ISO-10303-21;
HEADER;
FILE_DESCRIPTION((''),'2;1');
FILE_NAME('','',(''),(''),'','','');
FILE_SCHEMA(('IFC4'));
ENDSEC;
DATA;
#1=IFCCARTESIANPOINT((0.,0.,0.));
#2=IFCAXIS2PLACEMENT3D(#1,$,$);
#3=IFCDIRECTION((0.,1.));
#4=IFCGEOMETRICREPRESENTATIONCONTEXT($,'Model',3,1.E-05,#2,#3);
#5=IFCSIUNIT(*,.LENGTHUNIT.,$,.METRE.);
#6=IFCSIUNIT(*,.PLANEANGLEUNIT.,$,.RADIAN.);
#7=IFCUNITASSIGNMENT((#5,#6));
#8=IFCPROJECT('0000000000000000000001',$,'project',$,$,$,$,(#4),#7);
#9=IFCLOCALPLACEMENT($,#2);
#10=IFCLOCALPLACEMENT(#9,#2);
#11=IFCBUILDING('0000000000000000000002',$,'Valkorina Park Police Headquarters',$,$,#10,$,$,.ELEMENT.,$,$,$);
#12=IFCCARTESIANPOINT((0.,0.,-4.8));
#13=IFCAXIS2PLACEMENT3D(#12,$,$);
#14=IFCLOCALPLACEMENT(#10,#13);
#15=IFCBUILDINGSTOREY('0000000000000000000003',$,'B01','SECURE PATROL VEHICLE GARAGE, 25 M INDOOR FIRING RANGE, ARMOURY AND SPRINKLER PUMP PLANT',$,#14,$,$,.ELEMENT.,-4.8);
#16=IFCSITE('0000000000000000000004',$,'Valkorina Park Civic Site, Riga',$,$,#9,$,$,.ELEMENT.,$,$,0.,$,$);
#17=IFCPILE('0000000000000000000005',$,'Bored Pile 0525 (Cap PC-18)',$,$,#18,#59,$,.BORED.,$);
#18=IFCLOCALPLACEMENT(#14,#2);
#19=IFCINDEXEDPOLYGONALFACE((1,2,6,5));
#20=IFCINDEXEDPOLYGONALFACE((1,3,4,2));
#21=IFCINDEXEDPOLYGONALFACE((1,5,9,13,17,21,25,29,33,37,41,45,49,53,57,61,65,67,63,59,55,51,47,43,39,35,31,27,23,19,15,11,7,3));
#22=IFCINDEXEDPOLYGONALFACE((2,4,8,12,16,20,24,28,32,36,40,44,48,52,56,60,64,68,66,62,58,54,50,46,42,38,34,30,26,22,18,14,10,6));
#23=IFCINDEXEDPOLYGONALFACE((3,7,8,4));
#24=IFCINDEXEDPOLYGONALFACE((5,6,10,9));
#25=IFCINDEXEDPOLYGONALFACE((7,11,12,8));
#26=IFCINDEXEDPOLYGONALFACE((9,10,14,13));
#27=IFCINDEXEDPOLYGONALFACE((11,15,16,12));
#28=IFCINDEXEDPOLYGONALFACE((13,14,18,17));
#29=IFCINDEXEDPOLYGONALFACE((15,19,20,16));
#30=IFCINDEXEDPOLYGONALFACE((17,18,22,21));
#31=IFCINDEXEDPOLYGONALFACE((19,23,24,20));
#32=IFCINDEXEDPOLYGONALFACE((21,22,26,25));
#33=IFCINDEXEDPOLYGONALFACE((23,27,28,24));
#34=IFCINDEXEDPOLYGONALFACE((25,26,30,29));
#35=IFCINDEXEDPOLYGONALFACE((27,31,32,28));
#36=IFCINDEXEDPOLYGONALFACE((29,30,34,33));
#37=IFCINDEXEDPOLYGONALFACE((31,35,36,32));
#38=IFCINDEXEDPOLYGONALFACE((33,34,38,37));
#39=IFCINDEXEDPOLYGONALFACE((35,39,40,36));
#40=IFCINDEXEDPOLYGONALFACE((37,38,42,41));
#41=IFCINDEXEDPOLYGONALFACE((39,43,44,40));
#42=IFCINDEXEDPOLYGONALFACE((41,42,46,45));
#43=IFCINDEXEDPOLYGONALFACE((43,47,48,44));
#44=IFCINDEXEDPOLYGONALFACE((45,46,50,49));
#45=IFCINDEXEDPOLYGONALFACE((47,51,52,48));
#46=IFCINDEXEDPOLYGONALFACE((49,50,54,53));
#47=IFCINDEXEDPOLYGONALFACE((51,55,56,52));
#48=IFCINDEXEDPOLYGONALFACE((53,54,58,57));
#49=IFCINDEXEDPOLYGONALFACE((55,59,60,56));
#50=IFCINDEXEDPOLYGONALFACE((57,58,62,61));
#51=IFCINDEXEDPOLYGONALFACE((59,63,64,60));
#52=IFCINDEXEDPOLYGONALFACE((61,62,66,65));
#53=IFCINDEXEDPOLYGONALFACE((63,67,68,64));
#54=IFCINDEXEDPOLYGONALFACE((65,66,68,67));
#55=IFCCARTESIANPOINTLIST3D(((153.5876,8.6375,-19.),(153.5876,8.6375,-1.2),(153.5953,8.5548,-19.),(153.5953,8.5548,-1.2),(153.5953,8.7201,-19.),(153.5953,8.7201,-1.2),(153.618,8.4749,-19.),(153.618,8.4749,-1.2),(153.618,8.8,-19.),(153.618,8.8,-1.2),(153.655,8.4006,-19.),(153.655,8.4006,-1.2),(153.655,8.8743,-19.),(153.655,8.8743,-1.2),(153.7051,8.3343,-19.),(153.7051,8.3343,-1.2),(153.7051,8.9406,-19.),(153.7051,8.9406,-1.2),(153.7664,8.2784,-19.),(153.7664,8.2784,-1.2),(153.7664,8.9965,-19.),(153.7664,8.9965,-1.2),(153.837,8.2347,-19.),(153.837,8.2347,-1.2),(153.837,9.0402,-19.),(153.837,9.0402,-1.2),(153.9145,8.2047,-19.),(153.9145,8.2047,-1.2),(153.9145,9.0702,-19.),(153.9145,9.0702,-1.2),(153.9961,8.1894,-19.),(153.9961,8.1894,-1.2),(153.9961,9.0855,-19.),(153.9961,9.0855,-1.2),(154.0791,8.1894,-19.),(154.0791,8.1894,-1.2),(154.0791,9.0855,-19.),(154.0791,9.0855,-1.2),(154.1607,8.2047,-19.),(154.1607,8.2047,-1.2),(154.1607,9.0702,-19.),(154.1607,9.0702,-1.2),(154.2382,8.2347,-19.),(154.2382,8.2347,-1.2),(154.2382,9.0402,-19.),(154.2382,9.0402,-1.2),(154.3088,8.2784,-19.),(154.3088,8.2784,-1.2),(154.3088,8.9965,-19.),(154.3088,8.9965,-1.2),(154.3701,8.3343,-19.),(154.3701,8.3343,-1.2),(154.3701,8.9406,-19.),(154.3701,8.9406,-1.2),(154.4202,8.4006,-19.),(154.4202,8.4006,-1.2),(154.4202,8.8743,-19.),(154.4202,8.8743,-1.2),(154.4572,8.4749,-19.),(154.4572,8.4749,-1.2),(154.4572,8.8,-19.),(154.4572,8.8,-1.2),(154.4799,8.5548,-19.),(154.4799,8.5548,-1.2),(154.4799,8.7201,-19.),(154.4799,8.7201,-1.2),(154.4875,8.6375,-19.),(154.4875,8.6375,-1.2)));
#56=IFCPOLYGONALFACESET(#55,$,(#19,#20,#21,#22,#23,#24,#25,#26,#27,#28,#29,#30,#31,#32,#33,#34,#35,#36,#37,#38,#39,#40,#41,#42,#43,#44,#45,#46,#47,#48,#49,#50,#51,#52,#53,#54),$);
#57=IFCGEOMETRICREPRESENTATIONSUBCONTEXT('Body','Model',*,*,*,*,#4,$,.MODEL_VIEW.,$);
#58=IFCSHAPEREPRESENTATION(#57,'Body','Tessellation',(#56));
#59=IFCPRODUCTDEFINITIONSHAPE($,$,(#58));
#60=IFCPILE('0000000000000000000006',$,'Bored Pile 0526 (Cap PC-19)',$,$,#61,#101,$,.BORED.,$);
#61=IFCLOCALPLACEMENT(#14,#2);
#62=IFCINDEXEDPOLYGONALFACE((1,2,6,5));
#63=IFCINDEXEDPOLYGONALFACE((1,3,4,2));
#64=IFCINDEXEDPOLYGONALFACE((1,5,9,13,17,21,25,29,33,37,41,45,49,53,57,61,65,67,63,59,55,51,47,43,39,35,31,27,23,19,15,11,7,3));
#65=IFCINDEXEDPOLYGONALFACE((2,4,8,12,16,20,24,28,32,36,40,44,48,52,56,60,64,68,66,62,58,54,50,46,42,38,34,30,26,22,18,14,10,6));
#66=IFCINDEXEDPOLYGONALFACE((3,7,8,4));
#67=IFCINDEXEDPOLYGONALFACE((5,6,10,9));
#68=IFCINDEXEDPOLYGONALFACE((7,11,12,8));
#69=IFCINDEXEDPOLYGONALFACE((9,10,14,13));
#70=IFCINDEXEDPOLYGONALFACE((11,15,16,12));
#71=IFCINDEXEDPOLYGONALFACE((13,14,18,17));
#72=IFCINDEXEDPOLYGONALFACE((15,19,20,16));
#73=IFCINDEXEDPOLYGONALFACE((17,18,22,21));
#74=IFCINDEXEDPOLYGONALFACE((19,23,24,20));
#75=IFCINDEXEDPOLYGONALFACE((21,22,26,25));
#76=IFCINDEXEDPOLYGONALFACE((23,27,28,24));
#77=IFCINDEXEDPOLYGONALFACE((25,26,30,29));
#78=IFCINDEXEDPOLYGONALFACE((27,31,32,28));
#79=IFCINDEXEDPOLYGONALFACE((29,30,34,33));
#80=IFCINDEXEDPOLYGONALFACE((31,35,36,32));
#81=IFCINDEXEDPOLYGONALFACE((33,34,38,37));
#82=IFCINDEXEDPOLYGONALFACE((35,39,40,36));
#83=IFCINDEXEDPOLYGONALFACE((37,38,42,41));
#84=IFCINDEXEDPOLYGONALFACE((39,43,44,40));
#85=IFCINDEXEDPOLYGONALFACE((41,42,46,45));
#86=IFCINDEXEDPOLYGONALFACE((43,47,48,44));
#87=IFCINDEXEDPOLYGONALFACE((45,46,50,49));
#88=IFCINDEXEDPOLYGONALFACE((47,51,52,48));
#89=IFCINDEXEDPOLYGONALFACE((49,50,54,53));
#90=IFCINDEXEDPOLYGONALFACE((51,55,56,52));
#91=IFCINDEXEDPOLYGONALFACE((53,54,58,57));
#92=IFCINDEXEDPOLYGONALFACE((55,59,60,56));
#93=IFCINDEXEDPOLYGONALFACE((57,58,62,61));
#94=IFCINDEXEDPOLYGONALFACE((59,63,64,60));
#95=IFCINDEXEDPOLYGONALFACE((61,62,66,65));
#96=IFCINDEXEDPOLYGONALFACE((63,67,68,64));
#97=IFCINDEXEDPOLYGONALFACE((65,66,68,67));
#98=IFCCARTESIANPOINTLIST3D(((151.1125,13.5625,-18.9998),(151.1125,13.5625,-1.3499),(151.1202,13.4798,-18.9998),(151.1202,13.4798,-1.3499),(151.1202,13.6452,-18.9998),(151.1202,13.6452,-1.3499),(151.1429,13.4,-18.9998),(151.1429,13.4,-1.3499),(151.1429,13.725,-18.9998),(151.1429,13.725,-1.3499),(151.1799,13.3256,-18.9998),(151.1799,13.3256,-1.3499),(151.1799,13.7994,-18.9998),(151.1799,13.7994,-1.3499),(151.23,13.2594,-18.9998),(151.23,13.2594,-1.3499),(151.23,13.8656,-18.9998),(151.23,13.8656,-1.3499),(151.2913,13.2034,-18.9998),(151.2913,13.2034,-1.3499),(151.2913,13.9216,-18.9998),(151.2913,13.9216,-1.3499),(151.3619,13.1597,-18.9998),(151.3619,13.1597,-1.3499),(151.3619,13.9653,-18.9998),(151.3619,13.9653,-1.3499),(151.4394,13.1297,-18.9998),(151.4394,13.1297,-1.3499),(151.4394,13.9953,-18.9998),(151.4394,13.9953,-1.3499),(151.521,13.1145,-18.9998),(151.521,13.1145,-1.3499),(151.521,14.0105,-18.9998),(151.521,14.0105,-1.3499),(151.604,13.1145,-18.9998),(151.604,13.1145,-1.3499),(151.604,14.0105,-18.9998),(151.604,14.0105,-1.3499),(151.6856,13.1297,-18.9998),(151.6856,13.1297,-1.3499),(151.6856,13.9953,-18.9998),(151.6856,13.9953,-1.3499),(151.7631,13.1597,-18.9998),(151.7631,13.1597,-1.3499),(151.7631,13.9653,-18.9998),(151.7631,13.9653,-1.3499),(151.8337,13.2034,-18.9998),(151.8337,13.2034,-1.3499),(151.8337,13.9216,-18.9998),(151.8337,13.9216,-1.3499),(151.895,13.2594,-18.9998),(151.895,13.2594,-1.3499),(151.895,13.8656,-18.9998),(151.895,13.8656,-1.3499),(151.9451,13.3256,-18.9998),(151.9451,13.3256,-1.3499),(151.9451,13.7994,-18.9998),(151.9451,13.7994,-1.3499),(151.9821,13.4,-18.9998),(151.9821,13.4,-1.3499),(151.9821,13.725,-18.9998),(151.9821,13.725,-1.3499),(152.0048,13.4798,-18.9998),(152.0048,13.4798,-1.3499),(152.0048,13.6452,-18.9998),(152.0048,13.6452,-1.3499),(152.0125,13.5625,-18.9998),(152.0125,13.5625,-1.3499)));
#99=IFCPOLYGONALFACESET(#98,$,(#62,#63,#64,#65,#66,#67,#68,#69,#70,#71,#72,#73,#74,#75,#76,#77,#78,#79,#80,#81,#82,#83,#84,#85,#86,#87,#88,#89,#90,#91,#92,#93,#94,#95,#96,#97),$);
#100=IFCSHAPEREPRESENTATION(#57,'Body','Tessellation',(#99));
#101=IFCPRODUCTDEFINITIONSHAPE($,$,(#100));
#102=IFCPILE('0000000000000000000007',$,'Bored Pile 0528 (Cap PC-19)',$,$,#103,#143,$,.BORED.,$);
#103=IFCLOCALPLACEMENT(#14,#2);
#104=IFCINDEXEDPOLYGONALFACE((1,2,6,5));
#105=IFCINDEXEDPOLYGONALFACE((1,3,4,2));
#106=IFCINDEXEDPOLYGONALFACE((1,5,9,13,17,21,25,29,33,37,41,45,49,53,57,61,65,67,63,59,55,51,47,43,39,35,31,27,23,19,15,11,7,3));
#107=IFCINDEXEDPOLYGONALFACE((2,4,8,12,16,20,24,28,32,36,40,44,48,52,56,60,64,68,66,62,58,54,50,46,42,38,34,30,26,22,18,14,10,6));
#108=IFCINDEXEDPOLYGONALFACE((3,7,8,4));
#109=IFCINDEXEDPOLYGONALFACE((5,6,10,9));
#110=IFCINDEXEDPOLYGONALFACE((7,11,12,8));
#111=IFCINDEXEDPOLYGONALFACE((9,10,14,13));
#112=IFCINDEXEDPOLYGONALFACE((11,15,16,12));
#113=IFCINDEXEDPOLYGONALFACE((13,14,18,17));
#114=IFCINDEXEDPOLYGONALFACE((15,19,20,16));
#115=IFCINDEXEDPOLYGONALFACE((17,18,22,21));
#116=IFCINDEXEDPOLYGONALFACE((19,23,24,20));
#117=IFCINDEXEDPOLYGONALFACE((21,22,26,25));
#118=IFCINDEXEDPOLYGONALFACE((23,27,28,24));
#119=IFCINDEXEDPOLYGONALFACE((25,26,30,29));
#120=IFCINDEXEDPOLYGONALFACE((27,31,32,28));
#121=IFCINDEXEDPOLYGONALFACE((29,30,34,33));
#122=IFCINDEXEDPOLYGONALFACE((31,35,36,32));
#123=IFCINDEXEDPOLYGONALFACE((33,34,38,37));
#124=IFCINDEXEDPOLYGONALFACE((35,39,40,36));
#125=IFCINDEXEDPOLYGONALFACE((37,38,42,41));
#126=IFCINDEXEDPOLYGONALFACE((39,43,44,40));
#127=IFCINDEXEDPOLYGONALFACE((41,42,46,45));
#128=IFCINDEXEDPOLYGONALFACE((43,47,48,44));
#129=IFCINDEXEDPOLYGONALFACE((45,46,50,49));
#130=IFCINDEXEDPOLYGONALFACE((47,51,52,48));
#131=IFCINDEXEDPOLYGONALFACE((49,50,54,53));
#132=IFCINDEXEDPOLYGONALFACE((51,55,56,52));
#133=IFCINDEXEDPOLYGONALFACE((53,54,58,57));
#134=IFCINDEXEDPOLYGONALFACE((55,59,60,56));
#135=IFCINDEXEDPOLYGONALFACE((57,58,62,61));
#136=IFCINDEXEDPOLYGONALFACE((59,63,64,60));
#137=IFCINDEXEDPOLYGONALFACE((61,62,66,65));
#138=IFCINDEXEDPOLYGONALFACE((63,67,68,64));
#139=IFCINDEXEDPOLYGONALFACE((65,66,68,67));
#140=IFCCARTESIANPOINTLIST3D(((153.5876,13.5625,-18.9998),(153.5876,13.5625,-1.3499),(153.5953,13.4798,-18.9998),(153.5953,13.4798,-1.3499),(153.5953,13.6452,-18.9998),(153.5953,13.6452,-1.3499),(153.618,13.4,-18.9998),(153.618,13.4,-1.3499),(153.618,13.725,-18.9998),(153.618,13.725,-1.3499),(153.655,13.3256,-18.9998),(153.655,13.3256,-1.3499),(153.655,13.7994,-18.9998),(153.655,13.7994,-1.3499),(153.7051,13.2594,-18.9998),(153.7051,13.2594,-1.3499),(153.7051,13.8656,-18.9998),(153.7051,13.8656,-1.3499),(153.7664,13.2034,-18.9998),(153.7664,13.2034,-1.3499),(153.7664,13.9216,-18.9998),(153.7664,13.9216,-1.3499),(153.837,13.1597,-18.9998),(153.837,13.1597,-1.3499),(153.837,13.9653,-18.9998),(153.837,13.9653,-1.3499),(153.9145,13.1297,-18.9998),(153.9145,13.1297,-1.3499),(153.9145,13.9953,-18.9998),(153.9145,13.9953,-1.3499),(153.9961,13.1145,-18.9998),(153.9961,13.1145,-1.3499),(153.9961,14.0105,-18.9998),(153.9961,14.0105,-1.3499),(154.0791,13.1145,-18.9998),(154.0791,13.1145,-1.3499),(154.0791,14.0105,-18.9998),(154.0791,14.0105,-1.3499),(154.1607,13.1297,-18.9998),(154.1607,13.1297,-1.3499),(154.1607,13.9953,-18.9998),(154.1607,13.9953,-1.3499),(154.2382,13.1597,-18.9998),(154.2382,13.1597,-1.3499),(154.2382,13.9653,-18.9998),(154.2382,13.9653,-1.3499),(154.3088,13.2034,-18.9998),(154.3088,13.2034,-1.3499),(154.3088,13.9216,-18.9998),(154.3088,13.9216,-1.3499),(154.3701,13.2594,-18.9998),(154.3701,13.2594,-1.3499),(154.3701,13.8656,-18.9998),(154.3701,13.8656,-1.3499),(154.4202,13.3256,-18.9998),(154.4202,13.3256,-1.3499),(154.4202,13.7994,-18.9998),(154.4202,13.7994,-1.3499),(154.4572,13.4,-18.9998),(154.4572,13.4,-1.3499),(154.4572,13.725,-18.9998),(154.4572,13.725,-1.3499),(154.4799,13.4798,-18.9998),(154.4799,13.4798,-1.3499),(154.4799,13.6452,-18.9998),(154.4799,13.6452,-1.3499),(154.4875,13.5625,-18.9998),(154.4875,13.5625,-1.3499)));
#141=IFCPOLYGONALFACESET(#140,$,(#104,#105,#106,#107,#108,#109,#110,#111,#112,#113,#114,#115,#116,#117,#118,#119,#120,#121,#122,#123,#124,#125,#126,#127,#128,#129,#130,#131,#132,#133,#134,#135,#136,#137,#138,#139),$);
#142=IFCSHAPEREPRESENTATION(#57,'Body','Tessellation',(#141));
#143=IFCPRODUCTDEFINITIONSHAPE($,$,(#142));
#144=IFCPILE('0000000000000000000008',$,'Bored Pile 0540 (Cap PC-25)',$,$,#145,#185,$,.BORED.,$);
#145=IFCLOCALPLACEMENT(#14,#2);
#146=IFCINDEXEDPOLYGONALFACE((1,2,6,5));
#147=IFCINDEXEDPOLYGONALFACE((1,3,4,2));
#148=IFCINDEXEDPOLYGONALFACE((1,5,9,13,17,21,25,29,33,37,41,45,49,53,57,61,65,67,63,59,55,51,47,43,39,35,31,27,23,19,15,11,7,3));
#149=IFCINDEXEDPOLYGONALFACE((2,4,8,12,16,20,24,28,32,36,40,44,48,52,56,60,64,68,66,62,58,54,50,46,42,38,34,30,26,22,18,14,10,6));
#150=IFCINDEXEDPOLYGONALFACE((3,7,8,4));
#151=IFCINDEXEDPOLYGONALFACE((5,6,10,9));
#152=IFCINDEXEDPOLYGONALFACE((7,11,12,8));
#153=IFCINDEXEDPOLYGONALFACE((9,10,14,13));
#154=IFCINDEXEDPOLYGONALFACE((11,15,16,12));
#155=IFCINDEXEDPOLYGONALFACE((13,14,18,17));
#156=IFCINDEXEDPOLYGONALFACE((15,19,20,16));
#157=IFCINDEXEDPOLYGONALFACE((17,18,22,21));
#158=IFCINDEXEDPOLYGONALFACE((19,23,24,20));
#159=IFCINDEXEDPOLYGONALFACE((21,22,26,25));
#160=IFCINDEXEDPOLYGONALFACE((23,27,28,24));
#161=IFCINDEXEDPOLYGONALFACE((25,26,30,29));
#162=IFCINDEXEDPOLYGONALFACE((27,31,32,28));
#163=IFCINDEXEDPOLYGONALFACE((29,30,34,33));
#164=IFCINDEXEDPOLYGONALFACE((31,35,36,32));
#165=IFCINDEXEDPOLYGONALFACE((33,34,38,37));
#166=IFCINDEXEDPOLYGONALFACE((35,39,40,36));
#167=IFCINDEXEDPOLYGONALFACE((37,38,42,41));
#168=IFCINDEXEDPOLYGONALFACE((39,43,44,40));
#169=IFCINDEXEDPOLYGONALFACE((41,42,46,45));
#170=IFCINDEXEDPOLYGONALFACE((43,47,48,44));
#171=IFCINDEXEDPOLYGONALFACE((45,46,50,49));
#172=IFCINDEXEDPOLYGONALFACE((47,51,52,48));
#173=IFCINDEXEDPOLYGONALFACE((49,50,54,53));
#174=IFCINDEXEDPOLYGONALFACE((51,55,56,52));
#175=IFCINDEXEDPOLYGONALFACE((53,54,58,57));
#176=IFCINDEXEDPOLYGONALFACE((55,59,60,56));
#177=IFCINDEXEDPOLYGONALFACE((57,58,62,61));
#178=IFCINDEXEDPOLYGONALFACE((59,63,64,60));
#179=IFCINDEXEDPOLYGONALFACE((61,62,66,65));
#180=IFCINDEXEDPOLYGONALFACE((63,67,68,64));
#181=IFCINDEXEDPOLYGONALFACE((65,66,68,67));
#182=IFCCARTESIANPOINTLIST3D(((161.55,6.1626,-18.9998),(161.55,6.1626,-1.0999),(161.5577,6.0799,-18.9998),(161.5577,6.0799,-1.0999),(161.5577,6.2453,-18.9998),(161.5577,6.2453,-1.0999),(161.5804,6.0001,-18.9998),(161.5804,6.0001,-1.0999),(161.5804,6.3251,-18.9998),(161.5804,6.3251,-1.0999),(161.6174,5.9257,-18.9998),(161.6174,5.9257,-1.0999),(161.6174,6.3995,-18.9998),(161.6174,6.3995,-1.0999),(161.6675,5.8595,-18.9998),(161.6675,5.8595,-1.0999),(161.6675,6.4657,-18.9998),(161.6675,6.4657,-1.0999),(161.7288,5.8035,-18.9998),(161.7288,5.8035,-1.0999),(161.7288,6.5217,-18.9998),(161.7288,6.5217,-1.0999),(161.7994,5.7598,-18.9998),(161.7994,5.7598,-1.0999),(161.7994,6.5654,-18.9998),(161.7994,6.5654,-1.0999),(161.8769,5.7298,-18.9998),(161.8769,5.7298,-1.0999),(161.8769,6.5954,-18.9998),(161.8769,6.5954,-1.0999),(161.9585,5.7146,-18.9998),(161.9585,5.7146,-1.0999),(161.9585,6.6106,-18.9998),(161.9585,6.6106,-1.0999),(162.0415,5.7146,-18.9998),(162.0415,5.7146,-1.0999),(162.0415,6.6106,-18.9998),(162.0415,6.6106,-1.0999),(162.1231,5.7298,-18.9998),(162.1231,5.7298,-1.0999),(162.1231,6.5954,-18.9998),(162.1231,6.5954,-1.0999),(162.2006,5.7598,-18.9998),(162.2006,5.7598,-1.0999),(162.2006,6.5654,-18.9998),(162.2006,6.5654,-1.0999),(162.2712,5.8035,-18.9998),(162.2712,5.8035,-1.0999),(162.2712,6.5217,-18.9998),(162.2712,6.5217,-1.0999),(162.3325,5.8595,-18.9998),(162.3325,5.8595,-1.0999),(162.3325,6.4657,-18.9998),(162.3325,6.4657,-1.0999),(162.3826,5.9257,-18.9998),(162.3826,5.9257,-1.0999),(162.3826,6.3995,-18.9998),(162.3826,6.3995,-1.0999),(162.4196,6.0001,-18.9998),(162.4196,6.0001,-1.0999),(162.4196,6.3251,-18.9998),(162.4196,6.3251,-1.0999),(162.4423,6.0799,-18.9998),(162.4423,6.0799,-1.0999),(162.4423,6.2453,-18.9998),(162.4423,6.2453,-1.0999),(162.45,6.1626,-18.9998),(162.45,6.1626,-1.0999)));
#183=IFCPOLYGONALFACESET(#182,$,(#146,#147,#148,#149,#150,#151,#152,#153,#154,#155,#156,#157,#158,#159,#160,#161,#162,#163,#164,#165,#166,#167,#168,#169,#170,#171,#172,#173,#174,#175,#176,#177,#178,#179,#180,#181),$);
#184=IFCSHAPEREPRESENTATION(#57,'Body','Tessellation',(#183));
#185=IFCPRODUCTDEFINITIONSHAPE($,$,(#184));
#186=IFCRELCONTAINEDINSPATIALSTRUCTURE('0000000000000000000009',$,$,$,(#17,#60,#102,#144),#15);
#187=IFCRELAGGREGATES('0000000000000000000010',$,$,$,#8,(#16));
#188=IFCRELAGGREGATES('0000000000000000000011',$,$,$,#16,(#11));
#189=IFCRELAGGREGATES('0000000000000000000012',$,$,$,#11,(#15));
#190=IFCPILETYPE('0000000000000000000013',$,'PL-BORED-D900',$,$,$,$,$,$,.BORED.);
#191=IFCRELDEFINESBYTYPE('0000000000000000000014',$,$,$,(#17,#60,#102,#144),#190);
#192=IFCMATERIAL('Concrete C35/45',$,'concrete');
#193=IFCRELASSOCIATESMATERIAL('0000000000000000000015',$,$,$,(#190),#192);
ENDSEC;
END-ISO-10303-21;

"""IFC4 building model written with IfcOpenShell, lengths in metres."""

from ifc_helpers import new_model, si_unit, direction, frame, origin, origin_2d, place, context, subcontext, project, spatial, circle, extrude, material, material_profile, profile_set, type_object, element, save


model = new_model("IFC4")

# Units and contexts
model_context = context("Model", 3, precision=1e-05, world=origin(), true_north=direction((0.0, 1.0)))
body_context = subcontext(model_context, "Body", "Model", "MODEL_VIEW")
ifc_project = project(units=[si_unit("LENGTHUNIT", "METRE"), si_unit("PLANEANGLEUNIT", "RADIAN")], contexts=[model_context])

# Site, building, storey
site_placement = place(None, origin())
site = spatial("IfcSite", under=ifc_project, at=site_placement, Name="Valkorina Park Civic Site, Riga", CompositionType="ELEMENT", RefElevation=0.0)
building_placement = place(site_placement, origin())
building = spatial("IfcBuilding", under=site, at=building_placement, Name="Valkorina Park Police Headquarters", CompositionType="ELEMENT")
storey_placement = place(building_placement, frame((0.0, 0.0, -4.8)))
storey = spatial("IfcBuildingStorey", under=building, at=storey_placement, Name="B01", Description="SECURE PATROL VEHICLE GARAGE, 25 M INDOOR FIRING RANGE, ARMOURY AND SPRINKLER PUMP PLANT", CompositionType="ELEMENT", Elevation=-4.8)

# Piles
ifc_material_1 = material(Name="Concrete C35/45", Category="concrete")
ifc_material_profile_1 = material_profile(ifc_material_1, circle(Radius=0.45, at=origin_2d()), Name="BORED PILE D900")
ifc_profile_set_1 = profile_set([ifc_material_profile_1], Name="Concrete C35/45")
pile_type = type_object("IfcPileType", Name="PL-BORED-D900", PredefinedType="BORED", material=ifc_profile_set_1)
for number, where, z_axis, x_axis, name in (
    (1, (154.0376, 8.6375, -1.2), (0.0, 0.0, -1.0), (1.0, 0.0, 0.0), "Bored Pile 0525 (Cap PC-18)"),
):
    element("IfcPile", number, at=place(storey_placement, frame(where, z_axis=z_axis, x_axis=x_axis)), inside=storey, type_object=pile_type, Name=name, PredefinedType="BORED", context=body_context, shape_type="SweptSolid", body=[
        extrude(circle(Radius=0.45, at=origin_2d()), origin(), (0.0, 0.0, 1.0), 17.8),
    ])
for number, where, z_axis, x_axis, name in (
    (2, (151.5625, 13.5625, -1.3499), (0.0, 0.0, -1.0), (1.0, 0.0, 0.0), "Bored Pile 0526 (Cap PC-19)"),
    (3, (154.0376, 13.5625, -1.3499), (0.0, 0.0, -1.0), (1.0, 0.0, 0.0), "Bored Pile 0528 (Cap PC-19)"),
):
    element("IfcPile", number, at=place(storey_placement, frame(where, z_axis=z_axis, x_axis=x_axis)), inside=storey, type_object=pile_type, Name=name, PredefinedType="BORED", context=body_context, shape_type="SweptSolid", body=[
        extrude(circle(Radius=0.45, at=origin_2d()), origin(), (0.0, 0.0, 1.0), 17.6499),
    ])
for number, where, z_axis, x_axis, name in (
    (4, (162.0, 6.1626, -1.0999), (0.0, 0.0, -1.0), (1.0, 0.0, 0.0), "Bored Pile 0540 (Cap PC-25)"),
):
    element("IfcPile", number, at=place(storey_placement, frame(where, z_axis=z_axis, x_axis=x_axis)), inside=storey, type_object=pile_type, Name=name, PredefinedType="BORED", context=body_context, shape_type="SweptSolid", body=[
        extrude(circle(Radius=0.45, at=origin_2d()), origin(), (0.0, 0.0, 1.0), 17.8999),
    ])

save(model, "model.ifc")
